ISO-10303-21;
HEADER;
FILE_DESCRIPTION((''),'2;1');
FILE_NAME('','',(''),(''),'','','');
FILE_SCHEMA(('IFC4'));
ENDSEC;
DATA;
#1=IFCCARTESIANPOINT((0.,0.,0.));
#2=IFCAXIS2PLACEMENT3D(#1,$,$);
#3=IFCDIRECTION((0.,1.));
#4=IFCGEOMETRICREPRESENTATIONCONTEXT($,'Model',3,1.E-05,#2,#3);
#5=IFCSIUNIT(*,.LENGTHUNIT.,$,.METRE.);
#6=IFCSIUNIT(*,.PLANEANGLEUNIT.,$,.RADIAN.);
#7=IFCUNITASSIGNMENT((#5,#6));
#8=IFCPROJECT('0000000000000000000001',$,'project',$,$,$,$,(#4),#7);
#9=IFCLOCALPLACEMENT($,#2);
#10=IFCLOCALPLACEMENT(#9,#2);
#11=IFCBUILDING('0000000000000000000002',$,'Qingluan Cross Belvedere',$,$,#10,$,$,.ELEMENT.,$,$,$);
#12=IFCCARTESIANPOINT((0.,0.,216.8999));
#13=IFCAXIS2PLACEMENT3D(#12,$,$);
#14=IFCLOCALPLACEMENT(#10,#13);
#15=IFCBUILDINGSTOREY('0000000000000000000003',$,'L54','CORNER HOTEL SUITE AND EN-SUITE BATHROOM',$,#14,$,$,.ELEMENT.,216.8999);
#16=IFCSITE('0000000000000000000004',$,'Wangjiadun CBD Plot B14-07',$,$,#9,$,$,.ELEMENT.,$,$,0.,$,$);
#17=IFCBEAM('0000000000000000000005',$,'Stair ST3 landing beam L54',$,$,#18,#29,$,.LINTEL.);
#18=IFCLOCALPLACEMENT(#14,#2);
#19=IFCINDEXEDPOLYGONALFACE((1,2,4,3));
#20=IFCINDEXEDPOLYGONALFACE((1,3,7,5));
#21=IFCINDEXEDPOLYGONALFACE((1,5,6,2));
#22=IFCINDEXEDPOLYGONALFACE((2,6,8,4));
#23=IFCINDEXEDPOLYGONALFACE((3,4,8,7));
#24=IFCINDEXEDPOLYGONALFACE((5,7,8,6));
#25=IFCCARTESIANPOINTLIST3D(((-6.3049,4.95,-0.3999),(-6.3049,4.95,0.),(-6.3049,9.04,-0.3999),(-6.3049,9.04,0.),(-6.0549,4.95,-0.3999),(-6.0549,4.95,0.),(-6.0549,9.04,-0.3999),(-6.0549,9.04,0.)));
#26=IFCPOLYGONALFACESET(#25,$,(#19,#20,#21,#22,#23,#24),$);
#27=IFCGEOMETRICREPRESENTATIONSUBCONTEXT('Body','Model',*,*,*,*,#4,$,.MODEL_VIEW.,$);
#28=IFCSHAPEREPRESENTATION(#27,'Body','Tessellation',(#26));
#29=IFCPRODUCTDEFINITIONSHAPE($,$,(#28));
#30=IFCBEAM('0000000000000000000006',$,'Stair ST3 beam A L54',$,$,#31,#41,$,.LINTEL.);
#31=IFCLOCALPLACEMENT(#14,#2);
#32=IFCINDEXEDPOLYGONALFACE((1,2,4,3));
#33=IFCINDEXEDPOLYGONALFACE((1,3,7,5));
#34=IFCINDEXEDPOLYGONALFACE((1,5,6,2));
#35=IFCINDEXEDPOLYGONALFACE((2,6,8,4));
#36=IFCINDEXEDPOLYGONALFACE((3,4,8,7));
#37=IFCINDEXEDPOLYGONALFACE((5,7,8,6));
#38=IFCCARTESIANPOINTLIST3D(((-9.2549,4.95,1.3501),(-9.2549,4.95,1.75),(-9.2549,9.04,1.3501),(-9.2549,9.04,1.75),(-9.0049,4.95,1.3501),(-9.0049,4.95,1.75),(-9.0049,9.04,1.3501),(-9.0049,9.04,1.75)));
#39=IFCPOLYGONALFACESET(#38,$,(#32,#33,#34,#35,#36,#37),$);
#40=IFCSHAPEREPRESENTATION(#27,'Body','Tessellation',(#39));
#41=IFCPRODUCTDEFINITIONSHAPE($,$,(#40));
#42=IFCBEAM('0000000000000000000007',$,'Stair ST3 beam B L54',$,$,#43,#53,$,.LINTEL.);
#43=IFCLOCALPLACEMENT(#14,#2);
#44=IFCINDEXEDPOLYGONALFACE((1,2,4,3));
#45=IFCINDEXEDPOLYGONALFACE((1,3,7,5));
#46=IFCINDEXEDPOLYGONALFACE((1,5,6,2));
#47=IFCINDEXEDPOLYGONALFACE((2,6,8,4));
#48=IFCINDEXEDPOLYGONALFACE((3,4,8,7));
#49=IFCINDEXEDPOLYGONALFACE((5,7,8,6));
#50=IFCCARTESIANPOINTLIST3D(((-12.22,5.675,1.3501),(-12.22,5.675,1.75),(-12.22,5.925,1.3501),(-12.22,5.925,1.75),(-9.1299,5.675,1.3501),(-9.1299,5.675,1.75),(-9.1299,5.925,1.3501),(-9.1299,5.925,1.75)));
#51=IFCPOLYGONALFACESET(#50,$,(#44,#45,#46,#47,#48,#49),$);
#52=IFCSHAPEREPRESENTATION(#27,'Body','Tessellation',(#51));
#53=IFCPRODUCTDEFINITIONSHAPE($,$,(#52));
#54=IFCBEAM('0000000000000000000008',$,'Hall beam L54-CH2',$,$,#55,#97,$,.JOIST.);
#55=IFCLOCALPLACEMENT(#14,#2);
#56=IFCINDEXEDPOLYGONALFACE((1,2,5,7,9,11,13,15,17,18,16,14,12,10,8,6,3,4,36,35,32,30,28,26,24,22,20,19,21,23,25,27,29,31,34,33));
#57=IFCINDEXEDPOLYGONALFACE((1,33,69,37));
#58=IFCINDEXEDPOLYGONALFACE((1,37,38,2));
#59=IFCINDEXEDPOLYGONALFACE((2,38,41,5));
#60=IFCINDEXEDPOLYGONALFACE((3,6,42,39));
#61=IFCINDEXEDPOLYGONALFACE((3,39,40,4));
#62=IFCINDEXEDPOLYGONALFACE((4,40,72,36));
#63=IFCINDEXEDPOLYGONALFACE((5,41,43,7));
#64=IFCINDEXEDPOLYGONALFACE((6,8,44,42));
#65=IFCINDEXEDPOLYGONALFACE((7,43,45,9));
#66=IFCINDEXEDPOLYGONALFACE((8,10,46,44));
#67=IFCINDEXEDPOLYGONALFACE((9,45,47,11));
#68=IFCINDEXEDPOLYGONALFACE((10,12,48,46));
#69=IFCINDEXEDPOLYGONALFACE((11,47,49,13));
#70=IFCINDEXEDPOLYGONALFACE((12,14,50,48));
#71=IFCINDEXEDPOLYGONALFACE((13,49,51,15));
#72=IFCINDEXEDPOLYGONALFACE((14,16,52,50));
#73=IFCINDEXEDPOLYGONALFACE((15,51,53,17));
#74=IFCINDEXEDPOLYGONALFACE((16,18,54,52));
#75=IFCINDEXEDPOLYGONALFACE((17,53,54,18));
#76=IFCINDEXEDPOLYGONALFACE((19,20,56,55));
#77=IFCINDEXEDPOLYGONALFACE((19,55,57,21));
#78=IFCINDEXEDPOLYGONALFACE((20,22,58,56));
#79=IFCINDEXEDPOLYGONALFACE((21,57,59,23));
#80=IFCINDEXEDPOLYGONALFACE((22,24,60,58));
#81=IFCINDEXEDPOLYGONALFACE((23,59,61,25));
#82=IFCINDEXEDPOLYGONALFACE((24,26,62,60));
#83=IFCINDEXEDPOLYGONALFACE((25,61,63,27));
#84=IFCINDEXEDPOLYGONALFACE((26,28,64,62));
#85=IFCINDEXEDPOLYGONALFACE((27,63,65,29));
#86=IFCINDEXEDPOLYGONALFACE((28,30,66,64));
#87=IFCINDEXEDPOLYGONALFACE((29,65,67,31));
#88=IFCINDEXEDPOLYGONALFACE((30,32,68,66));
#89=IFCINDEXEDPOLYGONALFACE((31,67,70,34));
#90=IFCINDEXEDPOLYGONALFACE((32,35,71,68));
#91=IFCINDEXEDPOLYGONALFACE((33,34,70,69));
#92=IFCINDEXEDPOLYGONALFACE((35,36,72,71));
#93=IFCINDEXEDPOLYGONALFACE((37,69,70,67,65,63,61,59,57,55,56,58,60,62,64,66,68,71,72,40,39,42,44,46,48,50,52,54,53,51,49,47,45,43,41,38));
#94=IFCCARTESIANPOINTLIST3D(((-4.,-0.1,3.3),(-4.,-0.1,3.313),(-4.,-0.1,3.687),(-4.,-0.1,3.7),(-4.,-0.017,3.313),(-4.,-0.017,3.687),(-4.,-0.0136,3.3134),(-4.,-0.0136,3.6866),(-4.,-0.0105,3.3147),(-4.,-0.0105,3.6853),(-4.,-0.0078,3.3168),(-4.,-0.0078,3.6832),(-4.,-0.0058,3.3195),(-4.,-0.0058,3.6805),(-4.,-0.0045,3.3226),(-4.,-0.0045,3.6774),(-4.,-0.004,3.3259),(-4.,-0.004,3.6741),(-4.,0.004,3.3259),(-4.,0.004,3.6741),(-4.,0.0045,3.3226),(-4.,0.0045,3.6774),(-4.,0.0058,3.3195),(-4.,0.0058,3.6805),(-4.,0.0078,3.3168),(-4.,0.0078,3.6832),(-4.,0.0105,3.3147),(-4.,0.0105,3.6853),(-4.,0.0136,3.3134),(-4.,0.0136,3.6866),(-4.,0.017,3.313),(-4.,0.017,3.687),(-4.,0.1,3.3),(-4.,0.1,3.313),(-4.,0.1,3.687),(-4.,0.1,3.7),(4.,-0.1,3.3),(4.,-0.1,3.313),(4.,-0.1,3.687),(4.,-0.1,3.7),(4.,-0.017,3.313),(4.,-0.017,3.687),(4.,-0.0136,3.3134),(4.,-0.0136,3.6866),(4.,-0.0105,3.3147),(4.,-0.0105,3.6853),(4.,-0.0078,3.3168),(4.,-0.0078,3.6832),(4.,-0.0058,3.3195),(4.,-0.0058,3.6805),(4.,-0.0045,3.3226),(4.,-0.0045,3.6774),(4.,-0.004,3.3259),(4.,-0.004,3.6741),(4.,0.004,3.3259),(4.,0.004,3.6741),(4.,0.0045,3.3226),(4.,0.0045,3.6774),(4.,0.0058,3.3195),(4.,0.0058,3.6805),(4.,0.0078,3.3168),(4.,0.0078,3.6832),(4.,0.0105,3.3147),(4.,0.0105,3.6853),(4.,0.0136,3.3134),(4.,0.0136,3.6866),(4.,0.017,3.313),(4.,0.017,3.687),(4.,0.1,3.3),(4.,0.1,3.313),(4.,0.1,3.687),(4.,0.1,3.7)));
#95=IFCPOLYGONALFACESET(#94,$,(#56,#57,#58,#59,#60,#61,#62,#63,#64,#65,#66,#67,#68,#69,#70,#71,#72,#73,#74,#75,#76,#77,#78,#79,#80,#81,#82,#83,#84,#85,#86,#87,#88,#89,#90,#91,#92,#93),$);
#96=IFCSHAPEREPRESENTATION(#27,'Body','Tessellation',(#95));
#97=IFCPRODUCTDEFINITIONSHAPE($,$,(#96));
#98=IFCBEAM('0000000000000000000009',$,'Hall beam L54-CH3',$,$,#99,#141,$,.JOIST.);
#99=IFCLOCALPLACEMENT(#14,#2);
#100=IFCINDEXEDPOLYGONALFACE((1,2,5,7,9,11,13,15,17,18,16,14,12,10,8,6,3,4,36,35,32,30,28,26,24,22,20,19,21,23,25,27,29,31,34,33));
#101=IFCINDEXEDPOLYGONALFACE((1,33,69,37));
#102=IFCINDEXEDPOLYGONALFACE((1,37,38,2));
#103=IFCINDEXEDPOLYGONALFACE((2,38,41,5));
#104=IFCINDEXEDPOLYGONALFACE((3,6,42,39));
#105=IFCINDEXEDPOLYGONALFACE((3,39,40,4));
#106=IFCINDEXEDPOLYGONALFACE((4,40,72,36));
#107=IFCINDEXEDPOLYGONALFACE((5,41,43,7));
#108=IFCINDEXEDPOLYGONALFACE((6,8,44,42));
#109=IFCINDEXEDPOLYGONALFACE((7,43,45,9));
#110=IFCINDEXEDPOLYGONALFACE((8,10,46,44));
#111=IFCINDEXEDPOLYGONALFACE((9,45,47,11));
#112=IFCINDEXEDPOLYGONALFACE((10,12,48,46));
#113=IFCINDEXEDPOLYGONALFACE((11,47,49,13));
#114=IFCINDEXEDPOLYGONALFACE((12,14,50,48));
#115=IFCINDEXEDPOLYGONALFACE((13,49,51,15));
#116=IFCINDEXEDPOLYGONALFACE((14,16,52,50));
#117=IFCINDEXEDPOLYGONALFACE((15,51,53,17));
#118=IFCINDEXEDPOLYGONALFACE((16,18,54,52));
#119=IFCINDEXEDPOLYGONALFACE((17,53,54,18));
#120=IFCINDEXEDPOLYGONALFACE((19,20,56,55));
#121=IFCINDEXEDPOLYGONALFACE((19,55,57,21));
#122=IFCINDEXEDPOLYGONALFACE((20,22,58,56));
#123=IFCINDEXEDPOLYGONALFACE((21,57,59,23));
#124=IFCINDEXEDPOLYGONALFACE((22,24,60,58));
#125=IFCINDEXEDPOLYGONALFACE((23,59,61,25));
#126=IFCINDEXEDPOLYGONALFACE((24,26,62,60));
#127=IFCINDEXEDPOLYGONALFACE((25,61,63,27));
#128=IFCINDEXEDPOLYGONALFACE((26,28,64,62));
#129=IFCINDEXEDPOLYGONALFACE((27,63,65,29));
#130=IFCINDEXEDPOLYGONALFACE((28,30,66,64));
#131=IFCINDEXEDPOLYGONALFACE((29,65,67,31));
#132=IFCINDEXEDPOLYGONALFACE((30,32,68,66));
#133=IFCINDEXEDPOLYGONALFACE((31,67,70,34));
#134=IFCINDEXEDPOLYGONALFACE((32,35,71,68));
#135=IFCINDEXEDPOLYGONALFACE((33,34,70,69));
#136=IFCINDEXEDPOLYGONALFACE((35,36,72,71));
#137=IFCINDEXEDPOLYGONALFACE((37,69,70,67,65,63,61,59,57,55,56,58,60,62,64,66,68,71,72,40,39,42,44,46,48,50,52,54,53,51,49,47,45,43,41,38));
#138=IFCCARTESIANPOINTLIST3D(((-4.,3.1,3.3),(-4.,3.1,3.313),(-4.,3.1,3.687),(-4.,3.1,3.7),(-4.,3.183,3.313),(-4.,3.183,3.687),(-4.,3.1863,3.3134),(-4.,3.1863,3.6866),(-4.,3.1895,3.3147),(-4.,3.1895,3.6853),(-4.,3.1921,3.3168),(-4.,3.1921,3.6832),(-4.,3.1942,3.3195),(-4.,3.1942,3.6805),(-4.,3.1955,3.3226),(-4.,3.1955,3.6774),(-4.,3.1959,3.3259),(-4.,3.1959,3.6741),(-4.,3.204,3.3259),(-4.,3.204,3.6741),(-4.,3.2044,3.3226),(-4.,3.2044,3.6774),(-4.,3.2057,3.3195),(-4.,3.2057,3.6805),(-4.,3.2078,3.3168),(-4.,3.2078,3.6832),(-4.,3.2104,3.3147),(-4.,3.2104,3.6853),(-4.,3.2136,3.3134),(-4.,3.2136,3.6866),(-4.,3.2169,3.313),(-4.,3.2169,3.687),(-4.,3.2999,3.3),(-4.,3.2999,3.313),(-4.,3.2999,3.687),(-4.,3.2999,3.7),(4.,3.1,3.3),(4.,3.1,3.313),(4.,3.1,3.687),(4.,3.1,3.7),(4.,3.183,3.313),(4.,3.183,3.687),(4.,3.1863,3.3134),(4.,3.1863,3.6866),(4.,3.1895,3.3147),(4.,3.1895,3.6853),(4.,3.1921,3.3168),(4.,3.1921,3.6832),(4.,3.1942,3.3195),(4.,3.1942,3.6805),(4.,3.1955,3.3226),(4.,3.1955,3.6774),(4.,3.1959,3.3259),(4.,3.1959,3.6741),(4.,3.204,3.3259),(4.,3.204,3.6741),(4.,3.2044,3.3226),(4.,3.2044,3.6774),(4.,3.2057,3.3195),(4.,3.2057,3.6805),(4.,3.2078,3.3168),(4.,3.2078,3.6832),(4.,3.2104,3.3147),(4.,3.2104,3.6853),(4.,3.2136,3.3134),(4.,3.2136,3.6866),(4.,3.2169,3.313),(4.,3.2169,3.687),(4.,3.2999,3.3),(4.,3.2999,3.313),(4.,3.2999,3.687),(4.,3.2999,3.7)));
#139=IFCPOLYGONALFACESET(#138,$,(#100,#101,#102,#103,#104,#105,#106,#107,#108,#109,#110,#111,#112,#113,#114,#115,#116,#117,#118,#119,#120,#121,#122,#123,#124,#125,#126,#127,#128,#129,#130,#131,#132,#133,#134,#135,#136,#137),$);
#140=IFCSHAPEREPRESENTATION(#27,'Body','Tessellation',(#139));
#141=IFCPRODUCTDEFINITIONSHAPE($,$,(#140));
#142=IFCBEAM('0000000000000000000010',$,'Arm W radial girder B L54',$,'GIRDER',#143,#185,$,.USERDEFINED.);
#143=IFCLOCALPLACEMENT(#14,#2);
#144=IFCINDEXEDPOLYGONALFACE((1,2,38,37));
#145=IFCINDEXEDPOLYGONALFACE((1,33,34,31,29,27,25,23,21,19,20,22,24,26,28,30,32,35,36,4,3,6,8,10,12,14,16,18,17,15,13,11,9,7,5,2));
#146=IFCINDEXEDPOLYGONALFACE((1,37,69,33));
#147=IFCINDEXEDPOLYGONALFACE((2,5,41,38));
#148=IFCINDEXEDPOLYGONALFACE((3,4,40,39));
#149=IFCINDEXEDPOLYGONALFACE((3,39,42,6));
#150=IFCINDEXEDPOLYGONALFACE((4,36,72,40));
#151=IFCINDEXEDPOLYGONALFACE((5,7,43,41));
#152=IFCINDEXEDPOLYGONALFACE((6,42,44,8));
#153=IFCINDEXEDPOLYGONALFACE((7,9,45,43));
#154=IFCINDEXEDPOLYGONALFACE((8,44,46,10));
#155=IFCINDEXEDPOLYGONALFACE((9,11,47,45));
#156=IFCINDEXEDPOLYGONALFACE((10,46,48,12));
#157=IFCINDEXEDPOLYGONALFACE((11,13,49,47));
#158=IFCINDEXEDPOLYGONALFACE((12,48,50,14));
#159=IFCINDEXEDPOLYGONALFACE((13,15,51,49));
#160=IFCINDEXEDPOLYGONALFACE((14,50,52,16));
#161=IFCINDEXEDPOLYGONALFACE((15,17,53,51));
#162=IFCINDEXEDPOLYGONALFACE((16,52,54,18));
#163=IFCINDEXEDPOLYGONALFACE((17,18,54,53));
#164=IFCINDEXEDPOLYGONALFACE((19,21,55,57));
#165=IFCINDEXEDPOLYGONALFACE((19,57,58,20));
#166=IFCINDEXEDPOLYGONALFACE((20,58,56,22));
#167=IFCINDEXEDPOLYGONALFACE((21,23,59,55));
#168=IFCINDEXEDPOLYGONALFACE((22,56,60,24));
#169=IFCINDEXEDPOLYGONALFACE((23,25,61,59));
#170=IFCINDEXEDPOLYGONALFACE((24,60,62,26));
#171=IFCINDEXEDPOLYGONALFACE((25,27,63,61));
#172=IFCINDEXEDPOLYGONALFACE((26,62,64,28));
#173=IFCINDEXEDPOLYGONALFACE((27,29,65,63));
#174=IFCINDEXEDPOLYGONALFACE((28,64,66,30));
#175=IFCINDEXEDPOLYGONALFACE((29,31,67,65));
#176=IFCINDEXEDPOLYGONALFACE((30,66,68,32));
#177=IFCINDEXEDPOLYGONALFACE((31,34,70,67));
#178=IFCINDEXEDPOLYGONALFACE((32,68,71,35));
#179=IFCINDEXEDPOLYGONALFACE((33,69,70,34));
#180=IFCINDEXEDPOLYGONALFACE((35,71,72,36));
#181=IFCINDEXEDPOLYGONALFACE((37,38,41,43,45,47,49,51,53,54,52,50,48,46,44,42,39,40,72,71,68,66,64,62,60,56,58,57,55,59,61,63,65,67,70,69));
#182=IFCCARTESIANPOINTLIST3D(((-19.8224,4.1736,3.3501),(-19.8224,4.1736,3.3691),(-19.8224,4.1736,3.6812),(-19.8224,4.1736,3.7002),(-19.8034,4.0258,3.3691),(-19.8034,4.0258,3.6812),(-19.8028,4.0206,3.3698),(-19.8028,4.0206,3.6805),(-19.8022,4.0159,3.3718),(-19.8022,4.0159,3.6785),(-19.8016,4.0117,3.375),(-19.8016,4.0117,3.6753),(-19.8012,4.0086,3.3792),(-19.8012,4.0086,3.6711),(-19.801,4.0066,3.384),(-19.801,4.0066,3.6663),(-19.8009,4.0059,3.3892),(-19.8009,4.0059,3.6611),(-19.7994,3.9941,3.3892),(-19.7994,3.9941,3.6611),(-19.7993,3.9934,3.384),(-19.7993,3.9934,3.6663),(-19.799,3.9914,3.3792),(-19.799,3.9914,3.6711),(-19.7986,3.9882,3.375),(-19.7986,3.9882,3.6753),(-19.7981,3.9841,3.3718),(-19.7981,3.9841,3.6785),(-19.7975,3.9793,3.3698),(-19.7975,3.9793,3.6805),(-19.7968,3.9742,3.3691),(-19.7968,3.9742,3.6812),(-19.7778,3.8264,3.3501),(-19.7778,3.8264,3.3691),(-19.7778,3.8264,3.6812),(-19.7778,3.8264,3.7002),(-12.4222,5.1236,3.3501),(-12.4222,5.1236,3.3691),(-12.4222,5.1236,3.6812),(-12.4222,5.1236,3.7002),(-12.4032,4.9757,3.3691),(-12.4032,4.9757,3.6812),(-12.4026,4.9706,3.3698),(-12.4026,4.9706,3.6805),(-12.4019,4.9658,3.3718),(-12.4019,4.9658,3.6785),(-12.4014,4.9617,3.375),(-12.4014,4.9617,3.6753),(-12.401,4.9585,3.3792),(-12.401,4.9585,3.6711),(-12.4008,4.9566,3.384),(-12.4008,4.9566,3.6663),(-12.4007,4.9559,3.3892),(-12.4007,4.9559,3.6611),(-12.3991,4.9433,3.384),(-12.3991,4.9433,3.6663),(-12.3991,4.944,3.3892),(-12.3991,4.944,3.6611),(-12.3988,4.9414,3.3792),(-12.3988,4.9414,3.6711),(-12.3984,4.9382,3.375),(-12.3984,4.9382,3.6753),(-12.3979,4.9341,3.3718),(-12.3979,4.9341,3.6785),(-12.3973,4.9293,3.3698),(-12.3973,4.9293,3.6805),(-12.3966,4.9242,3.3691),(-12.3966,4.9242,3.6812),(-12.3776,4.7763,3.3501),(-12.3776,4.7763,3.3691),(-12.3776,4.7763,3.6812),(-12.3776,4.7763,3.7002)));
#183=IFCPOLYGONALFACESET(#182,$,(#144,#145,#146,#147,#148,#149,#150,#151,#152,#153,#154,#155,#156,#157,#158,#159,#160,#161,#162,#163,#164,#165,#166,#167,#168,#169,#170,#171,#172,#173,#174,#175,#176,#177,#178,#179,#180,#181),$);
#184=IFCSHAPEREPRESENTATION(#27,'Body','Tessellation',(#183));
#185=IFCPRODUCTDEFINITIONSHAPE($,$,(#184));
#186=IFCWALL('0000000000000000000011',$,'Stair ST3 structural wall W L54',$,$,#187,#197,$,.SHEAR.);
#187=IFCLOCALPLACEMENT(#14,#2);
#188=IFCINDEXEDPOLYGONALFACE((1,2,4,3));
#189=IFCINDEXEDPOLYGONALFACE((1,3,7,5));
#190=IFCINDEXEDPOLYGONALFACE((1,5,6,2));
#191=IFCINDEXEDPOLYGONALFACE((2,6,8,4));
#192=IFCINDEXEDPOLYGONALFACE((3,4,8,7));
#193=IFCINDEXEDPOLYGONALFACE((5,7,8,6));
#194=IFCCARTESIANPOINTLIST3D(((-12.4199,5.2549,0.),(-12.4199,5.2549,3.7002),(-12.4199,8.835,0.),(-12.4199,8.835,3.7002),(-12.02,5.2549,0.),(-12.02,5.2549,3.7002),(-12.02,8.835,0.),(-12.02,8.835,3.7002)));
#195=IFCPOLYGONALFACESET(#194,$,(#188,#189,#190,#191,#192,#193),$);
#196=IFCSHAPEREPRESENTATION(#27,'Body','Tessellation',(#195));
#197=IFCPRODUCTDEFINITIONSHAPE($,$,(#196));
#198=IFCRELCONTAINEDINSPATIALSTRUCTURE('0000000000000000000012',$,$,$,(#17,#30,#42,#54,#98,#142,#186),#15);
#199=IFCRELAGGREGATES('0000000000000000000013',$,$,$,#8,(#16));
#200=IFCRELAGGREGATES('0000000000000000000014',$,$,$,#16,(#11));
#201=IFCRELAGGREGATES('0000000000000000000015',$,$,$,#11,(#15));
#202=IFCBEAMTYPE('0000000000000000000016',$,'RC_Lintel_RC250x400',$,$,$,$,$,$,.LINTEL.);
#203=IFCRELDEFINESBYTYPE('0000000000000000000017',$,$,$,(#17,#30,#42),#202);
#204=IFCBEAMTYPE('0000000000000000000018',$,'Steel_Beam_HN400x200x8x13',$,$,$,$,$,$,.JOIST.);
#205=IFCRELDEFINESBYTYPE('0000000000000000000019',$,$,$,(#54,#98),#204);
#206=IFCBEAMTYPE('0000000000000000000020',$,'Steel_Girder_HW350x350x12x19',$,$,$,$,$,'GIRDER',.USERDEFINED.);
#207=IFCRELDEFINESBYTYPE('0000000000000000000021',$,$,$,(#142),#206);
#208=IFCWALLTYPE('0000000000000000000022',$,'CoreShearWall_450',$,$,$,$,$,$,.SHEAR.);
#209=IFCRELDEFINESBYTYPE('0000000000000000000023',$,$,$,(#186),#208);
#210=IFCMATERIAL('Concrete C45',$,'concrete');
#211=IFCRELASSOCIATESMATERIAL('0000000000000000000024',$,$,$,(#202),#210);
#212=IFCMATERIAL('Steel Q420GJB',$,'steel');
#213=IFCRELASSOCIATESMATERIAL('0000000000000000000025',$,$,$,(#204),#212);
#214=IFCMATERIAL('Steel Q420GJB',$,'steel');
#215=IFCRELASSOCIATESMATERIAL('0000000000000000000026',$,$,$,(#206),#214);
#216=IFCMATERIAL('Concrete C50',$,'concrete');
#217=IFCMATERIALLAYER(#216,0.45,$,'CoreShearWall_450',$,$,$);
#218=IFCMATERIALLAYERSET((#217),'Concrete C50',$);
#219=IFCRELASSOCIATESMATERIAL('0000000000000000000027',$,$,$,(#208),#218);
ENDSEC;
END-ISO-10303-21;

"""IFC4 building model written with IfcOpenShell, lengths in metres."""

from ifc_helpers import new_model, si_unit, direction, frame, frame_2d, origin, origin_2d, place, context, subcontext, project, spatial, rectangle, i_section, extrude, material, layer, layer_set, material_profile, profile_set, type_object, element, save


model = new_model("IFC4")

# Units and contexts
model_context = context("Model", 3, precision=1e-05, world=origin(), true_north=direction((0.0, 1.0)))
body_context = subcontext(model_context, "Body", "Model", "MODEL_VIEW")
ifc_project = project(units=[si_unit("LENGTHUNIT", "METRE"), si_unit("PLANEANGLEUNIT", "RADIAN")], contexts=[model_context])

# Site, building, storey
site_placement = place(None, origin())
site = spatial("IfcSite", under=ifc_project, at=site_placement, Name="Wangjiadun CBD Plot B14-07", CompositionType="ELEMENT", RefElevation=0.0)
building_placement = place(site_placement, origin())
building = spatial("IfcBuilding", under=site, at=building_placement, Name="Qingluan Cross Belvedere", CompositionType="ELEMENT")
storey_placement = place(building_placement, frame((0.0, 0.0, 216.8999)))
storey = spatial("IfcBuildingStorey", under=building, at=storey_placement, Name="L54", Description="CORNER HOTEL SUITE AND EN-SUITE BATHROOM", CompositionType="ELEMENT", Elevation=216.8999)

# Beams
ifc_material_1 = material(Name="Concrete C45", Category="concrete")
ifc_material_profile_1 = material_profile(ifc_material_1, rectangle(XDim=0.25, YDim=0.3999, at=origin_2d()), Name="RC250x400")
ifc_profile_set_1 = profile_set([ifc_material_profile_1], Name="Concrete C45")
beam_type_1 = type_object("IfcBeamType", Name="RC_Lintel_RC250x400", PredefinedType="LINTEL", material=ifc_profile_set_1)
for number, where, z_axis, x_axis, name in (
    (1, (-6.1799, 4.95, -0.2), (0.0, 1.0, 0.0), (-1.0, 0.0, 0.0), "Stair ST3 landing beam L54"),
    (2, (-9.1299, 4.95, 1.55), (0.0, 1.0, 0.0), (-1.0, 0.0, 0.0), "Stair ST3 beam A L54"),
):
    element("IfcBeam", number, at=place(storey_placement, frame(where, z_axis=z_axis, x_axis=x_axis)), inside=storey, type_object=beam_type_1, Name=name, PredefinedType="LINTEL", context=body_context, shape_type="SweptSolid", body=[
        extrude(rectangle(XDim=0.25, YDim=0.3999, at=origin_2d()), origin(), (0.0, 0.0, 1.0), 4.0901),
    ])
beam_1_placement = place(storey_placement, frame((-12.22, 5.8, 1.55), z_axis=(1.0, 0.0, 0.0), x_axis=(0.0, 1.0, 0.0)))
element("IfcBeam", 3, at=beam_1_placement, inside=storey, type_object=beam_type_1, Name="Stair ST3 beam B L54", PredefinedType="LINTEL", context=body_context, shape_type="SweptSolid", body=[
    extrude(rectangle(XDim=0.25, YDim=0.3999, at=origin_2d()), origin(), (0.0, 0.0, 1.0), 3.0901),
])
ifc_material_2 = material(Name="Steel Q420GJB", Category="steel")
ifc_material_profile_2 = material_profile(ifc_material_2, i_section(OverallWidth=0.2, OverallDepth=0.3999, WebThickness=0.0081, FlangeThickness=0.0129, FilletRadius=0.0129, at=origin_2d()), Name="HN400x200x8x13")
ifc_profile_set_2 = profile_set([ifc_material_profile_2], Name="Steel Q420GJB")
beam_type_2 = type_object("IfcBeamType", Name="Steel_Beam_HN400x200x8x13", PredefinedType="JOIST", material=ifc_profile_set_2)
for number, where, z_axis, x_axis, name in (
    (4, (-4.0, 0.0, 3.5), (1.0, 0.0, 0.0), (0.0, 1.0, 0.0), "Hall beam L54-CH2"),
    (5, (-4.0, 3.2, 3.5), (1.0, 0.0, 0.0), (0.0, 1.0, 0.0), "Hall beam L54-CH3"),
):
    element("IfcBeam", number, at=place(storey_placement, frame(where, z_axis=z_axis, x_axis=x_axis)), inside=storey, type_object=beam_type_2, Name=name, PredefinedType="JOIST", context=body_context, shape_type="SweptSolid", body=[
        extrude(i_section(OverallWidth=0.2, OverallDepth=0.3999, WebThickness=0.0081, FlangeThickness=0.0129, FilletRadius=0.0129, at=origin_2d()), origin(), (0.0, 0.0, 1.0), 8.0),
    ])
ifc_material_3 = material(Name="Steel Q420GJB", Category="steel")
ifc_material_profile_3 = material_profile(ifc_material_3, i_section(OverallWidth=0.3501, OverallDepth=0.3501, WebThickness=0.012, FlangeThickness=0.019, FilletRadius=0.02, at=origin_2d()), Name="HW350x350x12x19")
ifc_profile_set_3 = profile_set([ifc_material_profile_3], Name="Steel Q420GJB")
beam_type_3 = type_object("IfcBeamType", Name="Steel_Girder_HW350x350x12x19", ElementType="GIRDER", PredefinedType="USERDEFINED", material=ifc_profile_set_3)
beam_2_placement = place(storey_placement, frame((-12.3999, 4.95, 3.5251), z_axis=(-0.991861, -0.127324, 0.0), x_axis=(0.127324, -0.991861, 0.0)))
element("IfcBeam", 6, at=beam_2_placement, inside=storey, type_object=beam_type_3, Name="Arm W radial girder B L54", ObjectType="GIRDER", PredefinedType="USERDEFINED", context=body_context, shape_type="SweptSolid", body=[
    extrude(i_section(OverallWidth=0.3501, OverallDepth=0.3501, WebThickness=0.012, FlangeThickness=0.019, FilletRadius=0.02, at=origin_2d()), origin(), (0.0, 0.0, 1.0), 7.4609),
])

# Wall
ifc_material_4 = material(Name="Concrete C50", Category="concrete")
ifc_layer_1 = layer(ifc_material_4, 0.45, Name="CoreShearWall_450")
ifc_layer_set_1 = layer_set([ifc_layer_1], Name="Concrete C50")
wall_type_1 = type_object("IfcWallType", Name="CoreShearWall_450", PredefinedType="SHEAR", material=ifc_layer_set_1)
wall_1_placement = place(storey_placement, frame((-12.22, 5.2549, 0.0), z_axis=(0.0, 0.0, 1.0), x_axis=(0.0, 1.0, 0.0)))
element("IfcWall", 7, at=wall_1_placement, inside=storey, type_object=wall_type_1, Name="Stair ST3 structural wall W L54", PredefinedType="SHEAR", context=body_context, shape_type="SweptSolid", body=[
    extrude(rectangle(XDim=3.5801, YDim=0.3999, at=frame_2d((1.79, 0.0))), origin(), (0.0, 0.0, 1.0), 3.7002),
])

save(model, "model.ifc")
